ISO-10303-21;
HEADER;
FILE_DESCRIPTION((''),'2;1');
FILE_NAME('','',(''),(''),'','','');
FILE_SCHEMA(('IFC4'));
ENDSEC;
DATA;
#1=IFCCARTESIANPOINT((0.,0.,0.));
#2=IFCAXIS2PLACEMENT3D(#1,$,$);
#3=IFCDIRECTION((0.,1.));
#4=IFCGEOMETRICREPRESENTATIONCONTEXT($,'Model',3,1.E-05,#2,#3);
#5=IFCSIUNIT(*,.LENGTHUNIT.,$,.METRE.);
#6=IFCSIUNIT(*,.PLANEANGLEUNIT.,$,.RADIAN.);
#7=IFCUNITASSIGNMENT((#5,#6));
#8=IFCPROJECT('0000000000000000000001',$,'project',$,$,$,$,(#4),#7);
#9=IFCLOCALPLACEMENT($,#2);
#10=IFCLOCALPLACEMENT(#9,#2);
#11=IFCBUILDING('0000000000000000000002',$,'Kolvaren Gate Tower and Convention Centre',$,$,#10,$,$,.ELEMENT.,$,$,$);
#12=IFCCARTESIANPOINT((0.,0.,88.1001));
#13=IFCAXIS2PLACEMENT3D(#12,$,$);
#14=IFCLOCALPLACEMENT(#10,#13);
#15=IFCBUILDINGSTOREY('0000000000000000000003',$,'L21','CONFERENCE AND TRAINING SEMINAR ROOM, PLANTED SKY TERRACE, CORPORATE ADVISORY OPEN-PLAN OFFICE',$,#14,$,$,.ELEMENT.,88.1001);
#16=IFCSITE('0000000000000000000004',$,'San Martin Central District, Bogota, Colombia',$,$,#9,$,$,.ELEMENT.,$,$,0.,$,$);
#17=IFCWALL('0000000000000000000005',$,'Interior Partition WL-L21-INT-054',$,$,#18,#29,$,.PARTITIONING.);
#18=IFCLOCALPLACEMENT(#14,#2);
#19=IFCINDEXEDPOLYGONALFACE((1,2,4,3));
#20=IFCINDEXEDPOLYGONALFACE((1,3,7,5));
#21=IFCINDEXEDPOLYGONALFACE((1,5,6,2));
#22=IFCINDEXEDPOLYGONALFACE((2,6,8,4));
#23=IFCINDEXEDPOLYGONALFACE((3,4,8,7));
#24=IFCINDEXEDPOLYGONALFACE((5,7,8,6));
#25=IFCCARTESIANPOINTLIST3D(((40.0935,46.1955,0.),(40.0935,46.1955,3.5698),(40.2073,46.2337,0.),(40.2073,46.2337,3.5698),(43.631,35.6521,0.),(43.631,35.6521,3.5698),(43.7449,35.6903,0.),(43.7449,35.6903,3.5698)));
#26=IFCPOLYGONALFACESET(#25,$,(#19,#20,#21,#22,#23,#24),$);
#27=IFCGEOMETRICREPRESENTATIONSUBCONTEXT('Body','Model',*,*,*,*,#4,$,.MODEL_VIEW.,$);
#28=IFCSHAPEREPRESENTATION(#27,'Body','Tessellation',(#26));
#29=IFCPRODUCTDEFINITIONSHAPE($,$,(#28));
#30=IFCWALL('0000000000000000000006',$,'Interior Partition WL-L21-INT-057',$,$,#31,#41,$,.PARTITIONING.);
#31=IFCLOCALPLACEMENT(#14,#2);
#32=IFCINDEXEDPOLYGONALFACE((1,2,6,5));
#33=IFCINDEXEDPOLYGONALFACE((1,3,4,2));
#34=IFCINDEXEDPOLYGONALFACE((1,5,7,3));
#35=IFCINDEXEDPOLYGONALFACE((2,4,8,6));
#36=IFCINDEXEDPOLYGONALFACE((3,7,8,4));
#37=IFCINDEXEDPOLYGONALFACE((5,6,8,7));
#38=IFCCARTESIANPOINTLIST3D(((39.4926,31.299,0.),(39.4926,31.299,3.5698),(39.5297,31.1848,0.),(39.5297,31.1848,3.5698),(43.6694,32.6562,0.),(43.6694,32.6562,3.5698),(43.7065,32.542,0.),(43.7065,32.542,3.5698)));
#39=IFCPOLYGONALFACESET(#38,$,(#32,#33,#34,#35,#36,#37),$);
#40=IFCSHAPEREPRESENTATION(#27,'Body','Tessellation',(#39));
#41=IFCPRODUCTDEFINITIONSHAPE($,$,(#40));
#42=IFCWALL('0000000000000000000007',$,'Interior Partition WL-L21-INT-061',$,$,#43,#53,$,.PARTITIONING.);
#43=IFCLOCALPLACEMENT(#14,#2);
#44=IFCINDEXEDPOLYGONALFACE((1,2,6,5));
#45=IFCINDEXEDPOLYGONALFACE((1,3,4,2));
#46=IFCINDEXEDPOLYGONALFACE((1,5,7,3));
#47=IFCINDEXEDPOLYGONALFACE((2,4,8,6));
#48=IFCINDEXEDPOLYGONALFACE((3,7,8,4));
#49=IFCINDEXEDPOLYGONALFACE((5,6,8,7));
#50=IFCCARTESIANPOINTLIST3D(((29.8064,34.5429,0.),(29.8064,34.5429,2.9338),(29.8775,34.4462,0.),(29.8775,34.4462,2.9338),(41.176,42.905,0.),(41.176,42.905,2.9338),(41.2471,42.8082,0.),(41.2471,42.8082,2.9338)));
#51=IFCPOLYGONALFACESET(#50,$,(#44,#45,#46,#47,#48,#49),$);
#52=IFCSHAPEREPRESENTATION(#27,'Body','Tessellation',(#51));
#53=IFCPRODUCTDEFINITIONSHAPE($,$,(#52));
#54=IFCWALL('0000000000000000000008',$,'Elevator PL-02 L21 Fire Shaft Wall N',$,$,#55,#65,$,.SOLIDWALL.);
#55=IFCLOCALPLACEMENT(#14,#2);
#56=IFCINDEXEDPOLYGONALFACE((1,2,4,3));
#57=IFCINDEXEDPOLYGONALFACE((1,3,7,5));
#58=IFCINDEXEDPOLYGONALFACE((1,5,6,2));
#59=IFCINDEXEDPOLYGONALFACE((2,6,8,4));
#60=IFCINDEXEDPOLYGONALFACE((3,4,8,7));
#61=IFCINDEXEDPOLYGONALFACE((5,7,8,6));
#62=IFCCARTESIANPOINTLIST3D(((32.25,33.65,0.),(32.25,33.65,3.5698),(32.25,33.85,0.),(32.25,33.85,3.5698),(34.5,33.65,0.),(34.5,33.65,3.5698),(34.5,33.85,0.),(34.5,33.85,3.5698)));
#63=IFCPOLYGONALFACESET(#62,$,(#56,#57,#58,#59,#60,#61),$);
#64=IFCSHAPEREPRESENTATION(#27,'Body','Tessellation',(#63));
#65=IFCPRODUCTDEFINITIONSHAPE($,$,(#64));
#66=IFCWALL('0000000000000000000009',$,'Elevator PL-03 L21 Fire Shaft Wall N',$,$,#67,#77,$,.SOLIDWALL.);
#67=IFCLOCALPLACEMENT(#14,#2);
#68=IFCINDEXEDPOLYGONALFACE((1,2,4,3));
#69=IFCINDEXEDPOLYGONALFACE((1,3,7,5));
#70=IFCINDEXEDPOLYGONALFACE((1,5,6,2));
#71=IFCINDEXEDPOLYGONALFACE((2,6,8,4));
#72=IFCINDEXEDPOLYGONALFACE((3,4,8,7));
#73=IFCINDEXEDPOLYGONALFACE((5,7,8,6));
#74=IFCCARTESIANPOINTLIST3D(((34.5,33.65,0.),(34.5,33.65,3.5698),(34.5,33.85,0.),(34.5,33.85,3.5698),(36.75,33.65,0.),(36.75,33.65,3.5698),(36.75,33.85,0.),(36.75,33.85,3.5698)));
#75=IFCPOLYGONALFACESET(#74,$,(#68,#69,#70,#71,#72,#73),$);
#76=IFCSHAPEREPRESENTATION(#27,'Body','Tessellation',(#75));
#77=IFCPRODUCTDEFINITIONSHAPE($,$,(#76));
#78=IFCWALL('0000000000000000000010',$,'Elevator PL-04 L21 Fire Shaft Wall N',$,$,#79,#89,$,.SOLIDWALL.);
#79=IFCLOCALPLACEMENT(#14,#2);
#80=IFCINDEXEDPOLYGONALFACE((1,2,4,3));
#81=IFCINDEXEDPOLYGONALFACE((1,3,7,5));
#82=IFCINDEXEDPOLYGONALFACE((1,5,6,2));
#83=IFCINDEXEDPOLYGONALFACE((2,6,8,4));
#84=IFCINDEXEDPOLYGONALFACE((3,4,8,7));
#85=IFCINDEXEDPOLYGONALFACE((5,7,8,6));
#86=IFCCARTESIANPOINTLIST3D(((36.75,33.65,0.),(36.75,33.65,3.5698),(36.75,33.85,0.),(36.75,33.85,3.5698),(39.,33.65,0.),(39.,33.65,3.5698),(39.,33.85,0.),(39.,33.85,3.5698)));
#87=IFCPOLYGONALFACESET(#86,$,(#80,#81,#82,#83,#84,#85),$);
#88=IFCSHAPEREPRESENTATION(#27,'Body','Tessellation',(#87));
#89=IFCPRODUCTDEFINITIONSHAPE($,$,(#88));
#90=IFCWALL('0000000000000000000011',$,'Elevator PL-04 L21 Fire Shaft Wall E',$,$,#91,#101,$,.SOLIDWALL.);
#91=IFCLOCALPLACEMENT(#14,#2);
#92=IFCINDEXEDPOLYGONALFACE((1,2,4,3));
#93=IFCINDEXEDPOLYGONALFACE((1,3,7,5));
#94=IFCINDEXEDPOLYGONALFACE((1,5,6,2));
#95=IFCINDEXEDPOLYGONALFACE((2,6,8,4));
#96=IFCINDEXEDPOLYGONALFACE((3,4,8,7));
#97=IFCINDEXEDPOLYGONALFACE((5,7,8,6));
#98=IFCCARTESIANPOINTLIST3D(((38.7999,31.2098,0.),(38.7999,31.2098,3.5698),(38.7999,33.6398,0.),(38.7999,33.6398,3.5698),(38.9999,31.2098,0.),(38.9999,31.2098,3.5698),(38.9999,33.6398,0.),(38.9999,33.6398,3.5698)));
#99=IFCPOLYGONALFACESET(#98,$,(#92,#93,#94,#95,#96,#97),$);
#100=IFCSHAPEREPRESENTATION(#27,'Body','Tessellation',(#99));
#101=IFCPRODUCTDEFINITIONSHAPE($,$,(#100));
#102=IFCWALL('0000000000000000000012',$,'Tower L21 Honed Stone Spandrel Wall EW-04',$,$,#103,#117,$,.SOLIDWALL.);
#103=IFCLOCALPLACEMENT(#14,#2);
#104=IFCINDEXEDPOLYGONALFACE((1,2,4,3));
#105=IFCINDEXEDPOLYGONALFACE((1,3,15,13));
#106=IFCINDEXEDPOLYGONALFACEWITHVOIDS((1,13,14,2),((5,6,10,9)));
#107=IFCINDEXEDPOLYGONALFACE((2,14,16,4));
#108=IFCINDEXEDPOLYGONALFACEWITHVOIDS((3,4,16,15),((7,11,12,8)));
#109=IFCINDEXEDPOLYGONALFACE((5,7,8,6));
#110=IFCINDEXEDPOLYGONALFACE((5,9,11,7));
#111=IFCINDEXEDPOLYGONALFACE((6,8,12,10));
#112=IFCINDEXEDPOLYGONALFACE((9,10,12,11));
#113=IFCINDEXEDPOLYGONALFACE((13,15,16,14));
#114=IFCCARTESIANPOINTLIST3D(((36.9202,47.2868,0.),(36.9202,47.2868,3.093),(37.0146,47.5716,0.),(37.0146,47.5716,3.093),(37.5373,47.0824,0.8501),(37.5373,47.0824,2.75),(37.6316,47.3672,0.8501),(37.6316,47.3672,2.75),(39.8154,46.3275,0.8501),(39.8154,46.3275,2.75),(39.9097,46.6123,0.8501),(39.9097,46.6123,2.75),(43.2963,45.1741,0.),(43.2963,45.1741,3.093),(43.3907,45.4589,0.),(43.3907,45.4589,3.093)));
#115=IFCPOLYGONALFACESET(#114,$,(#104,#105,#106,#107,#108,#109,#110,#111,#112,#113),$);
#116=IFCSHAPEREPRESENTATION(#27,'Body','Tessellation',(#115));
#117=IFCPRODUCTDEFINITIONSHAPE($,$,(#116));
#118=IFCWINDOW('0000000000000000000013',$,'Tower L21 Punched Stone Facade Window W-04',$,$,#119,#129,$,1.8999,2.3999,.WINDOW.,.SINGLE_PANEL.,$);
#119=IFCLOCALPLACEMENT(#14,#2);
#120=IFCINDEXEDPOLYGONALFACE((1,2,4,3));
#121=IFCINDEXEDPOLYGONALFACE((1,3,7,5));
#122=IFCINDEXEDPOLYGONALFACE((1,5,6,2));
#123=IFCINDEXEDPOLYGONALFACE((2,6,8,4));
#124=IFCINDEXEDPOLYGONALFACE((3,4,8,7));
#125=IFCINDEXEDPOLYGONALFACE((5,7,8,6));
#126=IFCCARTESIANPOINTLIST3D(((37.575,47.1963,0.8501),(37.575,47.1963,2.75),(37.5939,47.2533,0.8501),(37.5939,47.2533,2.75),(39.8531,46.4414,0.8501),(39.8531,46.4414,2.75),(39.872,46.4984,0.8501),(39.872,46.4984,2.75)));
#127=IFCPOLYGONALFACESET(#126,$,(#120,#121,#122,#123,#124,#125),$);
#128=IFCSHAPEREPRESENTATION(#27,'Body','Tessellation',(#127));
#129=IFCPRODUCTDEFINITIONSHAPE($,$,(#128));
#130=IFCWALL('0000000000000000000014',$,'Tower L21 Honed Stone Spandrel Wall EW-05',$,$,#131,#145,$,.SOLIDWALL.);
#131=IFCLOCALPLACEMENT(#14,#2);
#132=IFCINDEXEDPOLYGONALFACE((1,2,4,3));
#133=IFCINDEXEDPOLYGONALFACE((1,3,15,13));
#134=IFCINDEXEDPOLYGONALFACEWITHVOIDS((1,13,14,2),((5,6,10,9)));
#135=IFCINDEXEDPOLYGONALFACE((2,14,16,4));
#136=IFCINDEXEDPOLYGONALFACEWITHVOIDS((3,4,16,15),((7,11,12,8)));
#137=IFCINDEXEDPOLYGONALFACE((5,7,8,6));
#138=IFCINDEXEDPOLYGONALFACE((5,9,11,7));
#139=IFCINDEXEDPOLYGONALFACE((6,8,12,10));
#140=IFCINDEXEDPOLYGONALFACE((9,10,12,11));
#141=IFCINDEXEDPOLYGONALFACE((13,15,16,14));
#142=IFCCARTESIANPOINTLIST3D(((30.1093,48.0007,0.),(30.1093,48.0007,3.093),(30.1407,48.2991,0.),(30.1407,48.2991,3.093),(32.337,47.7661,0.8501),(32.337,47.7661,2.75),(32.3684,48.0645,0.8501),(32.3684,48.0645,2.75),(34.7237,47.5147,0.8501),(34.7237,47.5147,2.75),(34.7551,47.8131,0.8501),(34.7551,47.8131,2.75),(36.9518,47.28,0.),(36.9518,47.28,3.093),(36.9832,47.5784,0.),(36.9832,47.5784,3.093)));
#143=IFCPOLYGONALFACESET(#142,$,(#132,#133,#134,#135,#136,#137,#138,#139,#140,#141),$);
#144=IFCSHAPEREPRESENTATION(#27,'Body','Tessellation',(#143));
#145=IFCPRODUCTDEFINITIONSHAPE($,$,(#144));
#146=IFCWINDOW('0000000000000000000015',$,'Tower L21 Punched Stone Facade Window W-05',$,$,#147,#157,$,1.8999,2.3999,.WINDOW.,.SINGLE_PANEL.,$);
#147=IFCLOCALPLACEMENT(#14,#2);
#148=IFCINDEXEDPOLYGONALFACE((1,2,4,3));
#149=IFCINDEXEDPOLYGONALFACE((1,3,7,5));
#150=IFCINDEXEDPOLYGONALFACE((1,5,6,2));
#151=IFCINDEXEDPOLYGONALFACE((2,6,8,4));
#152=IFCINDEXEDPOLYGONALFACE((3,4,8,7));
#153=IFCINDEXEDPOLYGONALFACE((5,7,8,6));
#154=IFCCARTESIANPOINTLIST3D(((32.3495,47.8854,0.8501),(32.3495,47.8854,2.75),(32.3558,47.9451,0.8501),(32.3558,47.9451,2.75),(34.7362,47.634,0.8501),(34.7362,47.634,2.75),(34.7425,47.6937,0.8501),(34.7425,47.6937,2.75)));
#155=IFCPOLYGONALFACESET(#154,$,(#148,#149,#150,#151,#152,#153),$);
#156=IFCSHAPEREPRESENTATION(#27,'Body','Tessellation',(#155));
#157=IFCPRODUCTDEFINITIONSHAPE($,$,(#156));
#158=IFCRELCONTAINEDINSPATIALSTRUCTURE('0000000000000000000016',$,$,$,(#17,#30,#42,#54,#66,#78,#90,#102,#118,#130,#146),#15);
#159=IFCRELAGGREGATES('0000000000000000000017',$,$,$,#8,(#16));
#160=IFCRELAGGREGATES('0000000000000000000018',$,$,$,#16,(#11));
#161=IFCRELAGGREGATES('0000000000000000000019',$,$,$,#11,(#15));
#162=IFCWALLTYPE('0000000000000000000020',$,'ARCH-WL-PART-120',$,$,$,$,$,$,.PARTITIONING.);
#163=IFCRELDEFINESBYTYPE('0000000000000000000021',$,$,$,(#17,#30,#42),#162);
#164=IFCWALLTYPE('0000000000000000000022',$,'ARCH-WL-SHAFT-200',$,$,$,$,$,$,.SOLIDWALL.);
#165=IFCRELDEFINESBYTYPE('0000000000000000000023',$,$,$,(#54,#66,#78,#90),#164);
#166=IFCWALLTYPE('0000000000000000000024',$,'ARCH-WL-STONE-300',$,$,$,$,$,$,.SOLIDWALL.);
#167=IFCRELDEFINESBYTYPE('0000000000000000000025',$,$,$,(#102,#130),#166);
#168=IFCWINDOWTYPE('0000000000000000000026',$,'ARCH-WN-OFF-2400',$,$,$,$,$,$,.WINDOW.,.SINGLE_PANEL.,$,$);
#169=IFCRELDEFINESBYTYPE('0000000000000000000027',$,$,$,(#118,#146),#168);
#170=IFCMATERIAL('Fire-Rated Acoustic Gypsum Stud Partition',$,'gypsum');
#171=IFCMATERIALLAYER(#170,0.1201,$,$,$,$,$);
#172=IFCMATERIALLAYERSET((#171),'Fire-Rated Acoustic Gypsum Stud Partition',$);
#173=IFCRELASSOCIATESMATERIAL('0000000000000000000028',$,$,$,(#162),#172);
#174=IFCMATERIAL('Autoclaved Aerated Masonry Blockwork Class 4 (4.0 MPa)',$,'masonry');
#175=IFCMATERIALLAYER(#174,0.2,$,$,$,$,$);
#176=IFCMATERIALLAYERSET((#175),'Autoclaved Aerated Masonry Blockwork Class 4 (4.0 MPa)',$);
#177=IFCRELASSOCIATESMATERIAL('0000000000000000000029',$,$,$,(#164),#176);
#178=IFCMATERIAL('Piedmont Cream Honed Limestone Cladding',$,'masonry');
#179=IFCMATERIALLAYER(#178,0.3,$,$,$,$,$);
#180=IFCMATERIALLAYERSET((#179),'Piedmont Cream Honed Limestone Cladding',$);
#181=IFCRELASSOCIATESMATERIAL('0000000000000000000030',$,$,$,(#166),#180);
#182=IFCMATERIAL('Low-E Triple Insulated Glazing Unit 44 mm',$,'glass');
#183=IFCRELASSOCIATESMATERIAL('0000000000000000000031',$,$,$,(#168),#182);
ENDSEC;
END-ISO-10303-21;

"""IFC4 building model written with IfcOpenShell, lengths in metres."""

from ifc_helpers import new_model, si_unit, direction, frame, frame_2d, origin, place, context, subcontext, project, spatial, rectangle, extrude, material, layer, layer_set, type_object, element, fill, save


model = new_model("IFC4")

# Units and contexts
model_context = context("Model", 3, precision=1e-05, world=origin(), true_north=direction((0.0, 1.0)))
body_context = subcontext(model_context, "Body", "Model", "MODEL_VIEW")
ifc_project = project(units=[si_unit("LENGTHUNIT", "METRE"), si_unit("PLANEANGLEUNIT", "RADIAN")], contexts=[model_context])

# Site, building, storey
site_placement = place(None, origin())
site = spatial("IfcSite", under=ifc_project, at=site_placement, Name="San Martin Central District, Bogota, Colombia", CompositionType="ELEMENT", RefElevation=0.0)
building_placement = place(site_placement, origin())
building = spatial("IfcBuilding", under=site, at=building_placement, Name="Kolvaren Gate Tower and Convention Centre", CompositionType="ELEMENT")
storey_placement = place(building_placement, frame((0.0, 0.0, 88.1001)))
storey = spatial("IfcBuildingStorey", under=building, at=storey_placement, Name="L21", Description="CONFERENCE AND TRAINING SEMINAR ROOM, PLANTED SKY TERRACE, CORPORATE ADVISORY OPEN-PLAN OFFICE", CompositionType="ELEMENT", Elevation=88.1001)

# Walls
ifc_material_1 = material(Name="Fire-Rated Acoustic Gypsum Stud Partition", Category="gypsum")
ifc_layer_1 = layer(ifc_material_1, 0.1201)
ifc_layer_set_1 = layer_set([ifc_layer_1], Name="Fire-Rated Acoustic Gypsum Stud Partition")
wall_type_1 = type_object("IfcWallType", Name="ARCH-WL-PART-120", PredefinedType="PARTITIONING", material=ifc_layer_set_1)
wall_1_placement = place(storey_placement, frame((40.1504, 46.2146, 0.0), z_axis=(0.0, 0.0, 1.0), x_axis=(0.318098, -0.948058, 0.0)))
element("IfcWall", 1, at=wall_1_placement, inside=storey, type_object=wall_type_1, Name="Interior Partition WL-L21-INT-054", PredefinedType="PARTITIONING", context=body_context, shape_type="SweptSolid", body=[
    extrude(rectangle(XDim=11.1211, YDim=0.1201, at=frame_2d((5.5605, 0.0))), origin(), (0.0, 0.0, 1.0), 3.5698),
])
wall_2_placement = place(storey_placement, frame((39.5112, 31.2419, 0.0), z_axis=(0.0, 0.0, 1.0), x_axis=(0.951052, 0.309031, 0.0)))
element("IfcWall", 2, at=wall_2_placement, inside=storey, type_object=wall_type_1, Name="Interior Partition WL-L21-INT-057", PredefinedType="PARTITIONING", context=body_context, shape_type="SweptSolid", body=[
    extrude(rectangle(XDim=4.3918, YDim=0.1201, at=frame_2d((2.1958, 0.0))), origin(), (0.0, 0.0, 1.0), 3.5698),
])
wall_3_placement = place(storey_placement, frame((29.842, 34.4946, 0.0), z_axis=(0.0, 0.0, 1.0), x_axis=(0.805582, 0.592484, 0.0)))
element("IfcWall", 3, at=wall_3_placement, inside=storey, type_object=wall_type_1, Name="Interior Partition WL-L21-INT-061", PredefinedType="PARTITIONING", context=body_context, shape_type="SweptSolid", body=[
    extrude(rectangle(XDim=14.1135, YDim=0.1201, at=frame_2d((7.0566, 0.0))), origin(), (0.0, 0.0, 1.0), 2.9338),
])
ifc_material_2 = material(Name="Autoclaved Aerated Masonry Blockwork Class 4 (4.0 MPa)", Category="masonry")
ifc_layer_2 = layer(ifc_material_2, 0.2)
ifc_layer_set_2 = layer_set([ifc_layer_2], Name="Autoclaved Aerated Masonry Blockwork Class 4 (4.0 MPa)")
wall_type_2 = type_object("IfcWallType", Name="ARCH-WL-SHAFT-200", PredefinedType="SOLIDWALL", material=ifc_layer_set_2)
for number, where, z_axis, x_axis, name in (
    (4, (32.25, 33.75, 0.0), (0.0, 0.0, 1.0), (1.0, 0.0, 0.0), "Elevator PL-02 L21 Fire Shaft Wall N"),
    (5, (34.5, 33.75, 0.0), (0.0, 0.0, 1.0), (1.0, 0.0, 0.0), "Elevator PL-03 L21 Fire Shaft Wall N"),
    (6, (36.75, 33.75, 0.0), (0.0, 0.0, 1.0), (1.0, 0.0, 0.0), "Elevator PL-04 L21 Fire Shaft Wall N"),
):
    element("IfcWall", number, at=place(storey_placement, frame(where, z_axis=z_axis, x_axis=x_axis)), inside=storey, type_object=wall_type_2, Name=name, PredefinedType="SOLIDWALL", context=body_context, shape_type="SweptSolid", body=[
        extrude(rectangle(XDim=2.25, YDim=0.2, at=frame_2d((1.125, 0.0))), origin(), (0.0, 0.0, 1.0), 3.5698),
    ])
wall_4_placement = place(storey_placement, frame((38.8999, 31.21, 0.0), z_axis=(0.0, 0.0, 1.0), x_axis=(0.0, 1.0, 0.0)))
element("IfcWall", 7, at=wall_4_placement, inside=storey, type_object=wall_type_2, Name="Elevator PL-04 L21 Fire Shaft Wall E", PredefinedType="SOLIDWALL", context=body_context, shape_type="SweptSolid", body=[
    extrude(rectangle(XDim=2.4299, YDim=0.2, at=frame_2d((1.2148, 0.0))), origin(), (0.0, 0.0, 1.0), 3.5698),
])

# Walls, openings, windows
ifc_material_3 = material(Name="Piedmont Cream Honed Limestone Cladding", Category="masonry")
ifc_layer_3 = layer(ifc_material_3, 0.3)
ifc_layer_set_3 = layer_set([ifc_layer_3], Name="Piedmont Cream Honed Limestone Cladding")
wall_type_3 = type_object("IfcWallType", Name="ARCH-WL-STONE-300", PredefinedType="SOLIDWALL", material=ifc_layer_set_3)
wall_5_placement = place(storey_placement, frame((36.9675, 47.4292, 0.0), z_axis=(0.0, 0.0, 1.0), x_axis=(0.949245, -0.314537, 0.0)))
wall_5 = element("IfcWall", 8, at=wall_5_placement, inside=storey, type_object=wall_type_3, Name="Tower L21 Honed Stone Spandrel Wall EW-04", PredefinedType="SOLIDWALL", context=body_context, shape_type="SweptSolid", body=[
    extrude(rectangle(XDim=6.717, YDim=0.3, at=frame_2d((3.3584, 0.0))), origin(), (0.0, 0.0, 1.0), 3.093),
])
opening_1_placement = place(wall_5_placement, frame((0.6499, 0.0, 0.8501)))
opening_1 = element("IfcOpeningElement", 9, at=opening_1_placement, cuts=wall_5, PredefinedType="OPENING", context=body_context, shape_type="SweptSolid", body=[
    extrude(rectangle(XDim=2.3999, YDim=1.8999, at=frame_2d((1.2, 0.95))), frame((0.0, 0.1599, 0.0), z_axis=(0.0, -1.0, 0.0), x_axis=(1.0, 0.0, 0.0)), (0.0, 0.0, 1.0), 0.3201),
])
ifc_material_4 = material(Name="Low-E Triple Insulated Glazing Unit 44 mm", Category="glass")
window_type = type_object("IfcWindowType", Name="ARCH-WN-OFF-2400", PartitioningType="SINGLE_PANEL", PredefinedType="WINDOW", material=ifc_material_4)
window_1_placement = place(opening_1_placement, origin())
window_1 = element("IfcWindow", 10, at=window_1_placement, inside=storey, type_object=window_type, Name="Tower L21 Punched Stone Facade Window W-04", OverallHeight=1.8999, OverallWidth=2.3999, PartitioningType="SINGLE_PANEL", PredefinedType="WINDOW", context=body_context, shape_type="SweptSolid", body=[
    extrude(rectangle(XDim=2.3999, YDim=1.8999, at=frame_2d((1.2, 0.95))), frame((0.0, 0.03, 0.0), z_axis=(0.0, -1.0, 0.0), x_axis=(1.0, 0.0, 0.0)), (0.0, 0.0, 1.0), 0.0601),
])
fill(opening_1, window_1)
wall_6_placement = place(storey_placement, frame((30.125, 48.1499, 0.0), z_axis=(0.0, 0.0, 1.0), x_axis=(0.994499, -0.104748, 0.0)))
wall_6 = element("IfcWall", 11, at=wall_6_placement, inside=storey, type_object=wall_type_3, Name="Tower L21 Honed Stone Spandrel Wall EW-05", PredefinedType="SOLIDWALL", context=body_context, shape_type="SweptSolid", body=[
    extrude(rectangle(XDim=6.8804, YDim=0.3, at=frame_2d((3.4402, 0.0))), origin(), (0.0, 0.0, 1.0), 3.093),
])
opening_2_placement = place(wall_6_placement, frame((2.24, 0.0, 0.8501)))
opening_2 = element("IfcOpeningElement", 12, at=opening_2_placement, cuts=wall_6, PredefinedType="OPENING", context=body_context, shape_type="SweptSolid", body=[
    extrude(rectangle(XDim=2.3999, YDim=1.8999, at=frame_2d((1.2, 0.95))), frame((0.0, 0.1599, 0.0), z_axis=(0.0, -1.0, 0.0), x_axis=(1.0, 0.0, 0.0)), (0.0, 0.0, 1.0), 0.3201),
])
window_2_placement = place(opening_2_placement, origin())
window_2 = element("IfcWindow", 13, at=window_2_placement, inside=storey, type_object=window_type, Name="Tower L21 Punched Stone Facade Window W-05", OverallHeight=1.8999, OverallWidth=2.3999, PartitioningType="SINGLE_PANEL", PredefinedType="WINDOW", context=body_context, shape_type="SweptSolid", body=[
    extrude(rectangle(XDim=2.3999, YDim=1.8999, at=frame_2d((1.2, 0.95))), frame((0.0, 0.03, 0.0), z_axis=(0.0, -1.0, 0.0), x_axis=(1.0, 0.0, 0.0)), (0.0, 0.0, 1.0), 0.0601),
])
fill(opening_2, window_2)

save(model, "model.ifc")
